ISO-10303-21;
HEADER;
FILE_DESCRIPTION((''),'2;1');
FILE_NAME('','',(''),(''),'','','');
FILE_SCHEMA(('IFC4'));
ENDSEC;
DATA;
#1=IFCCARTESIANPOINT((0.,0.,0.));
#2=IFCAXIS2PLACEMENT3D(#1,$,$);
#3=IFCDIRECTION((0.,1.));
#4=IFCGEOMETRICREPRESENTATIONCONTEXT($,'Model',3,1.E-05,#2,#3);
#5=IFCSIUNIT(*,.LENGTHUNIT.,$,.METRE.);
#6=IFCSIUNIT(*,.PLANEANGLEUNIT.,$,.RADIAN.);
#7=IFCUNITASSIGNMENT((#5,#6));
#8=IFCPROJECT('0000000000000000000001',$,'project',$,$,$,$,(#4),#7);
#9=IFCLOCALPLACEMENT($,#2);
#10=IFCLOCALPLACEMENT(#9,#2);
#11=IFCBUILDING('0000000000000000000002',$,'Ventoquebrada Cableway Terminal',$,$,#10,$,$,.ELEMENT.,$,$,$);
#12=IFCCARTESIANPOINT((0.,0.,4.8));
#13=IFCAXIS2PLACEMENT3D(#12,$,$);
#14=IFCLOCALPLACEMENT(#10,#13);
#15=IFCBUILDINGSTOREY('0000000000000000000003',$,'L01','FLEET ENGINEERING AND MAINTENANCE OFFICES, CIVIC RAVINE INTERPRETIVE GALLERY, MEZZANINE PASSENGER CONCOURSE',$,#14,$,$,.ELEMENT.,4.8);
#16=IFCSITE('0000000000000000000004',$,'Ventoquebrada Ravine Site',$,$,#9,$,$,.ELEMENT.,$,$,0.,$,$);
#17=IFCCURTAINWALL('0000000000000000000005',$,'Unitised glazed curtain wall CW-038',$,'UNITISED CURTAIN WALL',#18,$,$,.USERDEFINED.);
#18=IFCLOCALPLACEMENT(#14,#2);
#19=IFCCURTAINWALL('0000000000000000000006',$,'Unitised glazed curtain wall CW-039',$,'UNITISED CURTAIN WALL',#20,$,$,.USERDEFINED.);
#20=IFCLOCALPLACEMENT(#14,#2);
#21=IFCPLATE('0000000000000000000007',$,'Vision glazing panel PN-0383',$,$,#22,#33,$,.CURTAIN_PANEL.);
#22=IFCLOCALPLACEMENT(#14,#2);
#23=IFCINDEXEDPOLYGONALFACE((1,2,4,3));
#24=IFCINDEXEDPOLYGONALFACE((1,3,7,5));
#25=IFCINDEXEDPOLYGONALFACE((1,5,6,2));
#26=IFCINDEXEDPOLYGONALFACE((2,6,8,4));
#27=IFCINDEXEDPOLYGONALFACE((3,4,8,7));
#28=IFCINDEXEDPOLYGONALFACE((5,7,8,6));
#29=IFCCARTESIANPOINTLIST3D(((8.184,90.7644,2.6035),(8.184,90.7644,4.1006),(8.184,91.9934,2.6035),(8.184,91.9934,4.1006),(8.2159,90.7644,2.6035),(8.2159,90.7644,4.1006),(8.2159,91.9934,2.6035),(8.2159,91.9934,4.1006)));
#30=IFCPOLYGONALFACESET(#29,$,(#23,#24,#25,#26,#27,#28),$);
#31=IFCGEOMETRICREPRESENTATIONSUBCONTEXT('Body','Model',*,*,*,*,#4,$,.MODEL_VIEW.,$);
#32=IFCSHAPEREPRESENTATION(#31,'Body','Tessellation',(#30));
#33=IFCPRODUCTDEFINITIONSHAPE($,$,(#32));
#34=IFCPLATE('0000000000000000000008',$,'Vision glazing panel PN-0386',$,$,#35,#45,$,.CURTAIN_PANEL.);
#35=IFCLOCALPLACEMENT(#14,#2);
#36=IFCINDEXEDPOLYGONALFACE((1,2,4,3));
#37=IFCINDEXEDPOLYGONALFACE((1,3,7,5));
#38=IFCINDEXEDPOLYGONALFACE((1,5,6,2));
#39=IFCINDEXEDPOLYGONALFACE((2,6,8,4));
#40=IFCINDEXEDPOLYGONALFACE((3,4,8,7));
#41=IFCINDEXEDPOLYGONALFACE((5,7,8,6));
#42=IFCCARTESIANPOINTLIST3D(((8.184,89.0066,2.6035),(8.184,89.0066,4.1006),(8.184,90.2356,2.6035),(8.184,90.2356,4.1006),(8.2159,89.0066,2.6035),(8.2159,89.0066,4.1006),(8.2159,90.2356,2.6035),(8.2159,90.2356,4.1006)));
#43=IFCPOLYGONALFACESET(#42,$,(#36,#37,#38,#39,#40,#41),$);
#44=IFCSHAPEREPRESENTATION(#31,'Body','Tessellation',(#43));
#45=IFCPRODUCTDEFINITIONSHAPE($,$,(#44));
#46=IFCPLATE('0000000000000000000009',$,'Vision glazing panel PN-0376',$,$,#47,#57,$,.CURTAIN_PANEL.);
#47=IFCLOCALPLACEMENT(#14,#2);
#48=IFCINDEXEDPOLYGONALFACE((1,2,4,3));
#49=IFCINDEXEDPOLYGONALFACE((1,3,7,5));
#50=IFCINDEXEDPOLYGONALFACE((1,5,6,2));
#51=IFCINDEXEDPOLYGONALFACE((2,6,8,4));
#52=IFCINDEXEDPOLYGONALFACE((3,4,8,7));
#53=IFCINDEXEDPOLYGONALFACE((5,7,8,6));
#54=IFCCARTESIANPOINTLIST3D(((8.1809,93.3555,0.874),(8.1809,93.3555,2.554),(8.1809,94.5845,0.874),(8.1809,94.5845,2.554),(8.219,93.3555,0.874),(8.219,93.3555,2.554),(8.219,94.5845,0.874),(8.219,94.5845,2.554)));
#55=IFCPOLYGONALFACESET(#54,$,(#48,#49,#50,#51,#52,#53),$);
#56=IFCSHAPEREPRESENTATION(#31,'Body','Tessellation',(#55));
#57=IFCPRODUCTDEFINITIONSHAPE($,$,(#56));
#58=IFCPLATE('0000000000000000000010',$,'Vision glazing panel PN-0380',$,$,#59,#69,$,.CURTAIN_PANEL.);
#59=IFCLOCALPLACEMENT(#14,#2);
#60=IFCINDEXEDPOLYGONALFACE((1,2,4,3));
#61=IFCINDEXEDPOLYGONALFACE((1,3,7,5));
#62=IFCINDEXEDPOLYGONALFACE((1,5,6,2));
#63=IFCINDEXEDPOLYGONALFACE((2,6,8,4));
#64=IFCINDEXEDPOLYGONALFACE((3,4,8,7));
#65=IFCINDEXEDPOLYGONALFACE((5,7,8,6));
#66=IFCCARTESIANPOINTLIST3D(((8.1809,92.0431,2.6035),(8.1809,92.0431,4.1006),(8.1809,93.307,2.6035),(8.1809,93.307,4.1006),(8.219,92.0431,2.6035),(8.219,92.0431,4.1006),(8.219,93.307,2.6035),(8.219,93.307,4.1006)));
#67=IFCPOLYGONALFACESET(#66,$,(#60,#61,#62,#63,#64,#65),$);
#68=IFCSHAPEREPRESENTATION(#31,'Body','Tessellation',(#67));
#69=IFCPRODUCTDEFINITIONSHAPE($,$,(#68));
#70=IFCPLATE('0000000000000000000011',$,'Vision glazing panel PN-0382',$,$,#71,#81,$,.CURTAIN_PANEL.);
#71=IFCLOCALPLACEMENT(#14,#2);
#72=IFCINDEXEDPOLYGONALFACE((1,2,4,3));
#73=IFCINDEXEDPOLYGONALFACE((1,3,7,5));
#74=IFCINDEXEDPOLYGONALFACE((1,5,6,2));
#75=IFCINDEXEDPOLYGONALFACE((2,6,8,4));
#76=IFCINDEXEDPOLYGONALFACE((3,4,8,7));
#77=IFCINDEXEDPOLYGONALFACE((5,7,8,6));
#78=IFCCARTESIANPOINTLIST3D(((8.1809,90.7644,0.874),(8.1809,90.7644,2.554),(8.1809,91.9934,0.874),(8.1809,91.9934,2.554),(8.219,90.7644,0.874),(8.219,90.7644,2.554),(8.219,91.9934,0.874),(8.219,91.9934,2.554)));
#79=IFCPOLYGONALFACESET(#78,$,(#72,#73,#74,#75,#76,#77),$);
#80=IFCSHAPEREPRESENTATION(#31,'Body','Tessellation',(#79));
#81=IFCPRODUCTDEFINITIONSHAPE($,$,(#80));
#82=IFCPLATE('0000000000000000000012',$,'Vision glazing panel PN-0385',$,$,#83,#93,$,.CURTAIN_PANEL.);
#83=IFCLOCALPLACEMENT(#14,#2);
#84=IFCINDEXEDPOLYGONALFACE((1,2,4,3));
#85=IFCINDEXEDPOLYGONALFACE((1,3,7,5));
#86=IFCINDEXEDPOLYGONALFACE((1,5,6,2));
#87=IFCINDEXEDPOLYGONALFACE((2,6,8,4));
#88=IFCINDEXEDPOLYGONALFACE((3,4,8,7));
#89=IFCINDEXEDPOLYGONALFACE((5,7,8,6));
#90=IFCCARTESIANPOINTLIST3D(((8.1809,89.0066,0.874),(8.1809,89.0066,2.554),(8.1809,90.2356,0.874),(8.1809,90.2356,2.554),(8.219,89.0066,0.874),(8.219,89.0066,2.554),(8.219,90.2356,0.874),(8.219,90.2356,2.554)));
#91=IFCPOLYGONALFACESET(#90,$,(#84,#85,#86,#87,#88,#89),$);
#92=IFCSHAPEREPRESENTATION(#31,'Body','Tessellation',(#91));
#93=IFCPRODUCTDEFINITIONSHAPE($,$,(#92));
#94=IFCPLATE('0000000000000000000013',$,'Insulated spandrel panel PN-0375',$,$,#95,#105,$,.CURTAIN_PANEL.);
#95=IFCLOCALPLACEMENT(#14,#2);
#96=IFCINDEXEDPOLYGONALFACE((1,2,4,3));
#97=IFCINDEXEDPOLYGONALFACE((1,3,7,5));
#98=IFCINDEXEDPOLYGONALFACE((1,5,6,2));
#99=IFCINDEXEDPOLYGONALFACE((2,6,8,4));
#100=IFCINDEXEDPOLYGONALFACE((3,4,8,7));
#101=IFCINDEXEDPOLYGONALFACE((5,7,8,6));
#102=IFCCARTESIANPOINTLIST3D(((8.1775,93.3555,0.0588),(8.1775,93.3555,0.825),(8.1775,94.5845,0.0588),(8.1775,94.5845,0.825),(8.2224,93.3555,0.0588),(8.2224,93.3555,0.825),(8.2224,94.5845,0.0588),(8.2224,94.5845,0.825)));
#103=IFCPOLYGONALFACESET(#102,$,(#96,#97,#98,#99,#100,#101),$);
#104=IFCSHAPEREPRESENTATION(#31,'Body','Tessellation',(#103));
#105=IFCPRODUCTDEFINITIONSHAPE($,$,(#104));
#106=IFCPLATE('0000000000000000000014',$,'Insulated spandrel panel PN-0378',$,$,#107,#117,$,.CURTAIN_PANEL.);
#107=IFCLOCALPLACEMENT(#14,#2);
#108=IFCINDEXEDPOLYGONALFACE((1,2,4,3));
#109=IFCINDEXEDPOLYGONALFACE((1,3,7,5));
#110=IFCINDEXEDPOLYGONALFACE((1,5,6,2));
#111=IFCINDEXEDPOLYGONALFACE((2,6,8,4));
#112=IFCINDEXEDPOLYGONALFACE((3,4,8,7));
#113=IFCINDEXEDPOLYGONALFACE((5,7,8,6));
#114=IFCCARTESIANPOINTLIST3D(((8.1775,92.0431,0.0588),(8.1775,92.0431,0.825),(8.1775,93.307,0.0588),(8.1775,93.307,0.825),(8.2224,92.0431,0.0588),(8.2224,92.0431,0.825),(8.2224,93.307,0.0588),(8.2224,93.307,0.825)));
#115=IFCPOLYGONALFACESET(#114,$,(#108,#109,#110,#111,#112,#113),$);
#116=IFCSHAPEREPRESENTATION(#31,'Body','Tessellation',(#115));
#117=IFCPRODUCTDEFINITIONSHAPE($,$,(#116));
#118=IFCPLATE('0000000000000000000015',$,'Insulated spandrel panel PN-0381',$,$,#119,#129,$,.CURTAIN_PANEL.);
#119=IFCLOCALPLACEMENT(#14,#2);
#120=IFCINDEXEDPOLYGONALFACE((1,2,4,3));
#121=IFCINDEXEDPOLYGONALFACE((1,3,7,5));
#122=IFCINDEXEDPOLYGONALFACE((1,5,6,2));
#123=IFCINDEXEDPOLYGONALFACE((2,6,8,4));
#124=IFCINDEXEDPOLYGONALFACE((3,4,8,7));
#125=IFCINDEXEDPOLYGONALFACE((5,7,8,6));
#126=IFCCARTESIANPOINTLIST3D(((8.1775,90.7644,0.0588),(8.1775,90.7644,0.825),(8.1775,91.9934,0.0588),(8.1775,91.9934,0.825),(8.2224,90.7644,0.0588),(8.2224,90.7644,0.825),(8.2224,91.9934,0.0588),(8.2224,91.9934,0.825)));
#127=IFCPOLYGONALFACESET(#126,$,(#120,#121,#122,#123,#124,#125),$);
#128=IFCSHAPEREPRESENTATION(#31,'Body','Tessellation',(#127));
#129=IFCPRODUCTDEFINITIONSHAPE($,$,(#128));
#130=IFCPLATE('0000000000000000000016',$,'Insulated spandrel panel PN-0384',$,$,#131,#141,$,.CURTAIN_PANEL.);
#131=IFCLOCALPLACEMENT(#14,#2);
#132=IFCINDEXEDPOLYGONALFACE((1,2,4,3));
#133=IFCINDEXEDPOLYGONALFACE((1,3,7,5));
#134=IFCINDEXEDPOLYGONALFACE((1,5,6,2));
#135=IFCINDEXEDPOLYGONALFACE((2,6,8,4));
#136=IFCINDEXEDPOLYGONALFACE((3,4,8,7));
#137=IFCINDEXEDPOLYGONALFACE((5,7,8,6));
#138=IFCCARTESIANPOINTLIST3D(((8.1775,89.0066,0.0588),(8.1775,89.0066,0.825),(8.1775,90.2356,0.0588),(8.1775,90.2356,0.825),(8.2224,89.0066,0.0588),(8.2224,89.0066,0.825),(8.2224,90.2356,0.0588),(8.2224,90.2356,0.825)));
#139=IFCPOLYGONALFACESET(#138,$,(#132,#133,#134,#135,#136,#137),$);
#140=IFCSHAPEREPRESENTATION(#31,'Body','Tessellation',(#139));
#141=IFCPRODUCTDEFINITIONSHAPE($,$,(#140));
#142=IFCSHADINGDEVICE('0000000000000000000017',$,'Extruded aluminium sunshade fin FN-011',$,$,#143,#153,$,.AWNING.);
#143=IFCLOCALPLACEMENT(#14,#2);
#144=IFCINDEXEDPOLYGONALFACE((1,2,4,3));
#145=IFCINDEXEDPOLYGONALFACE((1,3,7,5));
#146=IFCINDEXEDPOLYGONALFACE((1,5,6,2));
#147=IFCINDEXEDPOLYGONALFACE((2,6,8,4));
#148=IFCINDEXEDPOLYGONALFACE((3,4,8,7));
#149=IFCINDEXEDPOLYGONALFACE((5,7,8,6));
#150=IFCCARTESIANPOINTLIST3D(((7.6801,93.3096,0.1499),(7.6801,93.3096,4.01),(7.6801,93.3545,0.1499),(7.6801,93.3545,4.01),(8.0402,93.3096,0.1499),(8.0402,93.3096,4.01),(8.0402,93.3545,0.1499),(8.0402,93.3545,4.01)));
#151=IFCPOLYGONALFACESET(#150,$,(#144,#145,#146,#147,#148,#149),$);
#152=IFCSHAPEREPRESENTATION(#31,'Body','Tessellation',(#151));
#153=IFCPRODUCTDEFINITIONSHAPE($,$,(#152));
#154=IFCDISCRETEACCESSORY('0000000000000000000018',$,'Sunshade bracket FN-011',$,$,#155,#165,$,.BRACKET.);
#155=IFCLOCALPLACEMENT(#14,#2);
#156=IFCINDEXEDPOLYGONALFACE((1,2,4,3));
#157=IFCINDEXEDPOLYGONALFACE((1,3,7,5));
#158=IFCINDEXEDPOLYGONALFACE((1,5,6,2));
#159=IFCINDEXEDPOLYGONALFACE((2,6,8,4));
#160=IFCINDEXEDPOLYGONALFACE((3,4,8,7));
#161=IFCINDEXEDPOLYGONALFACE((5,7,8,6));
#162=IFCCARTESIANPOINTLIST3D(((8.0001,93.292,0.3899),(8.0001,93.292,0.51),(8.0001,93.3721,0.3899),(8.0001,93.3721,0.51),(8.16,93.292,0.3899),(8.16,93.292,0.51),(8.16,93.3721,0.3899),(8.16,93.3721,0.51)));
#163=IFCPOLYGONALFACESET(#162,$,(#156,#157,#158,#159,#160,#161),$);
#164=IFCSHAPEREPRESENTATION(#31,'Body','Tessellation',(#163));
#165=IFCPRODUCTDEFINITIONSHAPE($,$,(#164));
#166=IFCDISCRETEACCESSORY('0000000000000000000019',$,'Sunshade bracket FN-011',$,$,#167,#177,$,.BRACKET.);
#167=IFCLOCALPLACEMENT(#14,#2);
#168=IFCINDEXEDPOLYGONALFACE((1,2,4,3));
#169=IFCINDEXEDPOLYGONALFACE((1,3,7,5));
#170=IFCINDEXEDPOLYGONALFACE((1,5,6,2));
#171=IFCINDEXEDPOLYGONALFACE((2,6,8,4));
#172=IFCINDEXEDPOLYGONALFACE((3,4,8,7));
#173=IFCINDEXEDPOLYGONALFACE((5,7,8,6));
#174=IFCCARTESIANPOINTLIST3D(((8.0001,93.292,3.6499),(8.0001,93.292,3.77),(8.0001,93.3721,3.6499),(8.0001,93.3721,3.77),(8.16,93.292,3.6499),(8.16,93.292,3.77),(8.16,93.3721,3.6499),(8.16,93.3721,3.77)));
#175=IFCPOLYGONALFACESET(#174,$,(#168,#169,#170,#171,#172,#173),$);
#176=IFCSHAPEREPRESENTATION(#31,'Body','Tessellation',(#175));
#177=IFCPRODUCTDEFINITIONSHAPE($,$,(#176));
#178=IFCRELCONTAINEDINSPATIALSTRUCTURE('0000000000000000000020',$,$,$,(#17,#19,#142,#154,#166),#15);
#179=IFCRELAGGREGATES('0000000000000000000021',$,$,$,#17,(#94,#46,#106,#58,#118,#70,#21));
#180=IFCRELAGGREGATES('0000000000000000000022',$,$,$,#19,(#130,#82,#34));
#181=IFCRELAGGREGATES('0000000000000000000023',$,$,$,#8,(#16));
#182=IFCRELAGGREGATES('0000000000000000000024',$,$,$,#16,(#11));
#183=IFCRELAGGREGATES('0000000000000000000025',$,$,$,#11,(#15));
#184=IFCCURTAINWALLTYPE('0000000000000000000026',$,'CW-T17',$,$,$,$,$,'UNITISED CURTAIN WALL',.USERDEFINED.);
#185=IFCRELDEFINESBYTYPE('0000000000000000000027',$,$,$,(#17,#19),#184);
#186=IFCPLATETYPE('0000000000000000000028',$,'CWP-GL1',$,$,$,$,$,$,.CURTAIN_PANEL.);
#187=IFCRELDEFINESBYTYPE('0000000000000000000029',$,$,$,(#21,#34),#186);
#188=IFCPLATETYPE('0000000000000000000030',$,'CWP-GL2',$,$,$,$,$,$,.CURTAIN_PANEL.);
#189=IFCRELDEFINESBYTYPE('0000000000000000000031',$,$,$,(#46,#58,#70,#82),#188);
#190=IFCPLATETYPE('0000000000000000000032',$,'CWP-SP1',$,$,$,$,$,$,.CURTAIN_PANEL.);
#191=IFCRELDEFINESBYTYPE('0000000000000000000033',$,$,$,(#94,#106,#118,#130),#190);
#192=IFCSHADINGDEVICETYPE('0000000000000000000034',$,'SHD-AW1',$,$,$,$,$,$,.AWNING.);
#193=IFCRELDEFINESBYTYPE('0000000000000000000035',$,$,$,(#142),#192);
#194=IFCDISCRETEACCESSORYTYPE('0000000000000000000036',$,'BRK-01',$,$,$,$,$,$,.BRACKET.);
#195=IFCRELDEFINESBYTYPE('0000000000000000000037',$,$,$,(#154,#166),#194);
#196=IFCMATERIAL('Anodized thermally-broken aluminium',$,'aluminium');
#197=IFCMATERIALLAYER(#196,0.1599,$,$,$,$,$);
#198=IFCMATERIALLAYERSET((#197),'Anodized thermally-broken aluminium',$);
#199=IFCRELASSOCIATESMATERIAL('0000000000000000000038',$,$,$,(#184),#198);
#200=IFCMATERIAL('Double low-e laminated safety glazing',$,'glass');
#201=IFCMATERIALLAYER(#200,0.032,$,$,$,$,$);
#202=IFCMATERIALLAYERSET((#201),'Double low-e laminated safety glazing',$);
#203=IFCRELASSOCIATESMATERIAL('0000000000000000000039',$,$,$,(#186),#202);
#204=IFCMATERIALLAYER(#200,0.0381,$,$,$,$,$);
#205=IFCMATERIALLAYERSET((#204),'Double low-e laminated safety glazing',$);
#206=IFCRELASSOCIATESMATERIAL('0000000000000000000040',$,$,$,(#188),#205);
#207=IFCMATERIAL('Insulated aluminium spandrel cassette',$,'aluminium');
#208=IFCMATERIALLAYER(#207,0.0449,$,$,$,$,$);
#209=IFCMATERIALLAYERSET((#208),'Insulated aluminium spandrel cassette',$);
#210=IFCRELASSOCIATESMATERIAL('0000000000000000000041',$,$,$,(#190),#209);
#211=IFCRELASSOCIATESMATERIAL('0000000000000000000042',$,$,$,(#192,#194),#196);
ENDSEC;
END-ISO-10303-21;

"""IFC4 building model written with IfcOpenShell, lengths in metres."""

from ifc_helpers import new_model, si_unit, direction, frame, origin, origin_2d, place, context, subcontext, project, spatial, rectangle, extrude, material, layer, layer_set, type_object, element, aggregate, save


model = new_model("IFC4")

# Units and contexts
model_context = context("Model", 3, precision=1e-05, world=origin(), true_north=direction((0.0, 1.0)))
body_context = subcontext(model_context, "Body", "Model", "MODEL_VIEW")
ifc_project = project(units=[si_unit("LENGTHUNIT", "METRE"), si_unit("PLANEANGLEUNIT", "RADIAN")], contexts=[model_context])

# Site, building, storey
site_placement = place(None, origin())
site = spatial("IfcSite", under=ifc_project, at=site_placement, Name="Ventoquebrada Ravine Site", CompositionType="ELEMENT", RefElevation=0.0)
building_placement = place(site_placement, origin())
building = spatial("IfcBuilding", under=site, at=building_placement, Name="Ventoquebrada Cableway Terminal", CompositionType="ELEMENT")
storey_placement = place(building_placement, frame((0.0, 0.0, 4.8)))
storey = spatial("IfcBuildingStorey", under=building, at=storey_placement, Name="L01", Description="FLEET ENGINEERING AND MAINTENANCE OFFICES, CIVIC RAVINE INTERPRETIVE GALLERY, MEZZANINE PASSENGER CONCOURSE", CompositionType="ELEMENT", Elevation=4.8)

# Curtain walls
ifc_material_1 = material(Name="Anodized thermally-broken aluminium", Category="aluminium")
ifc_layer_1 = layer(ifc_material_1, 0.1599)
ifc_layer_set_1 = layer_set([ifc_layer_1], Name="Anodized thermally-broken aluminium")
curtain_wall_type = type_object("IfcCurtainWallType", Name="CW-T17", ElementType="UNITISED CURTAIN WALL", PredefinedType="USERDEFINED", material=ifc_layer_set_1)
curtain_wall_1_placement = place(storey_placement, origin())
curtain_wall_1 = element("IfcCurtainWall", 1, at=curtain_wall_1_placement, inside=storey, type_object=curtain_wall_type, Name="Unitised glazed curtain wall CW-038", ObjectType="UNITISED CURTAIN WALL", PredefinedType="USERDEFINED")
curtain_wall_2_placement = place(storey_placement, origin())
curtain_wall_2 = element("IfcCurtainWall", 2, at=curtain_wall_2_placement, inside=storey, type_object=curtain_wall_type, Name="Unitised glazed curtain wall CW-039", ObjectType="UNITISED CURTAIN WALL", PredefinedType="USERDEFINED")

# Plates
ifc_material_2 = material(Name="Double low-e laminated safety glazing", Category="glass")
ifc_layer_2 = layer(ifc_material_2, 0.032)
ifc_layer_set_2 = layer_set([ifc_layer_2], Name="Double low-e laminated safety glazing")
plate_type_1 = type_object("IfcPlateType", Name="CWP-GL1", PredefinedType="CURTAIN_PANEL", material=ifc_layer_set_2)
plate_1_placement = place(storey_placement, frame((8.2, 91.3789, 2.6035), z_axis=(0.0, 0.0, 1.0), x_axis=(0.0, -1.0, 0.0)))
plate_1 = element("IfcPlate", 3, at=plate_1_placement, type_object=plate_type_1, Name="Vision glazing panel PN-0383", PredefinedType="CURTAIN_PANEL", context=body_context, shape_type="SweptSolid", body=[
    extrude(rectangle(XDim=1.229, YDim=0.032, at=origin_2d()), origin(), (0.0, 0.0, 1.0), 1.4971),
])
plate_2_placement = place(storey_placement, frame((8.2, 89.6211, 2.6035), z_axis=(0.0, 0.0, 1.0), x_axis=(0.0, -1.0, 0.0)))
plate_2 = element("IfcPlate", 4, at=plate_2_placement, type_object=plate_type_1, Name="Vision glazing panel PN-0386", PredefinedType="CURTAIN_PANEL", context=body_context, shape_type="SweptSolid", body=[
    extrude(rectangle(XDim=1.229, YDim=0.032, at=origin_2d()), origin(), (0.0, 0.0, 1.0), 1.4971),
])
ifc_layer_3 = layer(ifc_material_2, 0.0381)
ifc_layer_set_3 = layer_set([ifc_layer_3], Name="Double low-e laminated safety glazing")
plate_type_2 = type_object("IfcPlateType", Name="CWP-GL2", PredefinedType="CURTAIN_PANEL", material=ifc_layer_set_3)
plate_3_placement = place(storey_placement, frame((8.2, 93.97, 0.874), z_axis=(0.0, 0.0, 1.0), x_axis=(0.0, -1.0, 0.0)))
plate_3 = element("IfcPlate", 5, at=plate_3_placement, type_object=plate_type_2, Name="Vision glazing panel PN-0376", PredefinedType="CURTAIN_PANEL", context=body_context, shape_type="SweptSolid", body=[
    extrude(rectangle(XDim=1.229, YDim=0.0381, at=origin_2d()), origin(), (0.0, 0.0, 1.0), 1.6799),
])
plate_4_placement = place(storey_placement, frame((8.2, 92.675, 2.6035), z_axis=(0.0, 0.0, 1.0), x_axis=(0.0, -1.0, 0.0)))
plate_4 = element("IfcPlate", 6, at=plate_4_placement, type_object=plate_type_2, Name="Vision glazing panel PN-0380", PredefinedType="CURTAIN_PANEL", context=body_context, shape_type="SweptSolid", body=[
    extrude(rectangle(XDim=1.2639, YDim=0.0381, at=origin_2d()), origin(), (0.0, 0.0, 1.0), 1.4971),
])
plate_5_placement = place(storey_placement, frame((8.2, 91.3789, 0.874), z_axis=(0.0, 0.0, 1.0), x_axis=(0.0, -1.0, 0.0)))
plate_5 = element("IfcPlate", 7, at=plate_5_placement, type_object=plate_type_2, Name="Vision glazing panel PN-0382", PredefinedType="CURTAIN_PANEL", context=body_context, shape_type="SweptSolid", body=[
    extrude(rectangle(XDim=1.229, YDim=0.0381, at=origin_2d()), origin(), (0.0, 0.0, 1.0), 1.6799),
])
plate_6_placement = place(storey_placement, frame((8.2, 89.6211, 0.874), z_axis=(0.0, 0.0, 1.0), x_axis=(0.0, -1.0, 0.0)))
plate_6 = element("IfcPlate", 8, at=plate_6_placement, type_object=plate_type_2, Name="Vision glazing panel PN-0385", PredefinedType="CURTAIN_PANEL", context=body_context, shape_type="SweptSolid", body=[
    extrude(rectangle(XDim=1.229, YDim=0.0381, at=origin_2d()), origin(), (0.0, 0.0, 1.0), 1.6799),
])
ifc_material_3 = material(Name="Insulated aluminium spandrel cassette", Category="aluminium")
ifc_layer_4 = layer(ifc_material_3, 0.0449)
ifc_layer_set_4 = layer_set([ifc_layer_4], Name="Insulated aluminium spandrel cassette")
plate_type_3 = type_object("IfcPlateType", Name="CWP-SP1", PredefinedType="CURTAIN_PANEL", material=ifc_layer_set_4)
plate_7_placement = place(storey_placement, frame((8.2, 93.97, 0.0588), z_axis=(0.0, 0.0, 1.0), x_axis=(0.0, -1.0, 0.0)))
plate_7 = element("IfcPlate", 9, at=plate_7_placement, type_object=plate_type_3, Name="Insulated spandrel panel PN-0375", PredefinedType="CURTAIN_PANEL", context=body_context, shape_type="SweptSolid", body=[
    extrude(rectangle(XDim=1.229, YDim=0.0449, at=origin_2d()), origin(), (0.0, 0.0, 1.0), 0.7661),
])
plate_8_placement = place(storey_placement, frame((8.2, 92.675, 0.0588), z_axis=(0.0, 0.0, 1.0), x_axis=(0.0, -1.0, 0.0)))
plate_8 = element("IfcPlate", 10, at=plate_8_placement, type_object=plate_type_3, Name="Insulated spandrel panel PN-0378", PredefinedType="CURTAIN_PANEL", context=body_context, shape_type="SweptSolid", body=[
    extrude(rectangle(XDim=1.2639, YDim=0.0449, at=origin_2d()), origin(), (0.0, 0.0, 1.0), 0.7661),
])
plate_9_placement = place(storey_placement, frame((8.2, 91.3789, 0.0588), z_axis=(0.0, 0.0, 1.0), x_axis=(0.0, -1.0, 0.0)))
plate_9 = element("IfcPlate", 11, at=plate_9_placement, type_object=plate_type_3, Name="Insulated spandrel panel PN-0381", PredefinedType="CURTAIN_PANEL", context=body_context, shape_type="SweptSolid", body=[
    extrude(rectangle(XDim=1.229, YDim=0.0449, at=origin_2d()), origin(), (0.0, 0.0, 1.0), 0.7661),
])
aggregate(curtain_wall_1, [plate_7, plate_3, plate_8, plate_4, plate_9, plate_5, plate_1])
plate_10_placement = place(storey_placement, frame((8.2, 89.6211, 0.0588), z_axis=(0.0, 0.0, 1.0), x_axis=(0.0, -1.0, 0.0)))
plate_10 = element("IfcPlate", 12, at=plate_10_placement, type_object=plate_type_3, Name="Insulated spandrel panel PN-0384", PredefinedType="CURTAIN_PANEL", context=body_context, shape_type="SweptSolid", body=[
    extrude(rectangle(XDim=1.229, YDim=0.0449, at=origin_2d()), origin(), (0.0, 0.0, 1.0), 0.7661),
])
aggregate(curtain_wall_2, [plate_10, plate_6, plate_2])

# Shading device
shading_device_type = type_object("IfcShadingDeviceType", Name="SHD-AW1", PredefinedType="AWNING", material=ifc_material_1)
shading_device_placement = place(storey_placement, frame((7.8601, 93.332, 0.1499), z_axis=(0.0, 0.0, 1.0), x_axis=(0.0, -1.0, 0.0)))
element("IfcShadingDevice", 13, at=shading_device_placement, inside=storey, type_object=shading_device_type, Name="Extruded aluminium sunshade fin FN-011", PredefinedType="AWNING", context=body_context, shape_type="SweptSolid", body=[
    extrude(rectangle(XDim=0.0449, YDim=0.3601, at=origin_2d()), origin(), (0.0, 0.0, 1.0), 3.8601),
])

# Discrete accessories
discrete_accessory_type = type_object("IfcDiscreteAccessoryType", Name="BRK-01", PredefinedType="BRACKET", material=ifc_material_1)
for number, where, z_axis, x_axis, name in (
    (14, (8.0801, 93.332, 0.3899), (0.0, 0.0, 1.0), (0.0, -1.0, 0.0), "Sunshade bracket FN-011"),
    (15, (8.0801, 93.332, 3.6499), (0.0, 0.0, 1.0), (0.0, -1.0, 0.0), "Sunshade bracket FN-011"),
):
    element("IfcDiscreteAccessory", number, at=place(storey_placement, frame(where, z_axis=z_axis, x_axis=x_axis)), inside=storey, type_object=discrete_accessory_type, Name=name, PredefinedType="BRACKET", context=body_context, shape_type="SweptSolid", body=[
        extrude(rectangle(XDim=0.0801, YDim=0.1599, at=origin_2d()), origin(), (0.0, 0.0, 1.0), 0.1201),
    ])

save(model, "model.ifc")
